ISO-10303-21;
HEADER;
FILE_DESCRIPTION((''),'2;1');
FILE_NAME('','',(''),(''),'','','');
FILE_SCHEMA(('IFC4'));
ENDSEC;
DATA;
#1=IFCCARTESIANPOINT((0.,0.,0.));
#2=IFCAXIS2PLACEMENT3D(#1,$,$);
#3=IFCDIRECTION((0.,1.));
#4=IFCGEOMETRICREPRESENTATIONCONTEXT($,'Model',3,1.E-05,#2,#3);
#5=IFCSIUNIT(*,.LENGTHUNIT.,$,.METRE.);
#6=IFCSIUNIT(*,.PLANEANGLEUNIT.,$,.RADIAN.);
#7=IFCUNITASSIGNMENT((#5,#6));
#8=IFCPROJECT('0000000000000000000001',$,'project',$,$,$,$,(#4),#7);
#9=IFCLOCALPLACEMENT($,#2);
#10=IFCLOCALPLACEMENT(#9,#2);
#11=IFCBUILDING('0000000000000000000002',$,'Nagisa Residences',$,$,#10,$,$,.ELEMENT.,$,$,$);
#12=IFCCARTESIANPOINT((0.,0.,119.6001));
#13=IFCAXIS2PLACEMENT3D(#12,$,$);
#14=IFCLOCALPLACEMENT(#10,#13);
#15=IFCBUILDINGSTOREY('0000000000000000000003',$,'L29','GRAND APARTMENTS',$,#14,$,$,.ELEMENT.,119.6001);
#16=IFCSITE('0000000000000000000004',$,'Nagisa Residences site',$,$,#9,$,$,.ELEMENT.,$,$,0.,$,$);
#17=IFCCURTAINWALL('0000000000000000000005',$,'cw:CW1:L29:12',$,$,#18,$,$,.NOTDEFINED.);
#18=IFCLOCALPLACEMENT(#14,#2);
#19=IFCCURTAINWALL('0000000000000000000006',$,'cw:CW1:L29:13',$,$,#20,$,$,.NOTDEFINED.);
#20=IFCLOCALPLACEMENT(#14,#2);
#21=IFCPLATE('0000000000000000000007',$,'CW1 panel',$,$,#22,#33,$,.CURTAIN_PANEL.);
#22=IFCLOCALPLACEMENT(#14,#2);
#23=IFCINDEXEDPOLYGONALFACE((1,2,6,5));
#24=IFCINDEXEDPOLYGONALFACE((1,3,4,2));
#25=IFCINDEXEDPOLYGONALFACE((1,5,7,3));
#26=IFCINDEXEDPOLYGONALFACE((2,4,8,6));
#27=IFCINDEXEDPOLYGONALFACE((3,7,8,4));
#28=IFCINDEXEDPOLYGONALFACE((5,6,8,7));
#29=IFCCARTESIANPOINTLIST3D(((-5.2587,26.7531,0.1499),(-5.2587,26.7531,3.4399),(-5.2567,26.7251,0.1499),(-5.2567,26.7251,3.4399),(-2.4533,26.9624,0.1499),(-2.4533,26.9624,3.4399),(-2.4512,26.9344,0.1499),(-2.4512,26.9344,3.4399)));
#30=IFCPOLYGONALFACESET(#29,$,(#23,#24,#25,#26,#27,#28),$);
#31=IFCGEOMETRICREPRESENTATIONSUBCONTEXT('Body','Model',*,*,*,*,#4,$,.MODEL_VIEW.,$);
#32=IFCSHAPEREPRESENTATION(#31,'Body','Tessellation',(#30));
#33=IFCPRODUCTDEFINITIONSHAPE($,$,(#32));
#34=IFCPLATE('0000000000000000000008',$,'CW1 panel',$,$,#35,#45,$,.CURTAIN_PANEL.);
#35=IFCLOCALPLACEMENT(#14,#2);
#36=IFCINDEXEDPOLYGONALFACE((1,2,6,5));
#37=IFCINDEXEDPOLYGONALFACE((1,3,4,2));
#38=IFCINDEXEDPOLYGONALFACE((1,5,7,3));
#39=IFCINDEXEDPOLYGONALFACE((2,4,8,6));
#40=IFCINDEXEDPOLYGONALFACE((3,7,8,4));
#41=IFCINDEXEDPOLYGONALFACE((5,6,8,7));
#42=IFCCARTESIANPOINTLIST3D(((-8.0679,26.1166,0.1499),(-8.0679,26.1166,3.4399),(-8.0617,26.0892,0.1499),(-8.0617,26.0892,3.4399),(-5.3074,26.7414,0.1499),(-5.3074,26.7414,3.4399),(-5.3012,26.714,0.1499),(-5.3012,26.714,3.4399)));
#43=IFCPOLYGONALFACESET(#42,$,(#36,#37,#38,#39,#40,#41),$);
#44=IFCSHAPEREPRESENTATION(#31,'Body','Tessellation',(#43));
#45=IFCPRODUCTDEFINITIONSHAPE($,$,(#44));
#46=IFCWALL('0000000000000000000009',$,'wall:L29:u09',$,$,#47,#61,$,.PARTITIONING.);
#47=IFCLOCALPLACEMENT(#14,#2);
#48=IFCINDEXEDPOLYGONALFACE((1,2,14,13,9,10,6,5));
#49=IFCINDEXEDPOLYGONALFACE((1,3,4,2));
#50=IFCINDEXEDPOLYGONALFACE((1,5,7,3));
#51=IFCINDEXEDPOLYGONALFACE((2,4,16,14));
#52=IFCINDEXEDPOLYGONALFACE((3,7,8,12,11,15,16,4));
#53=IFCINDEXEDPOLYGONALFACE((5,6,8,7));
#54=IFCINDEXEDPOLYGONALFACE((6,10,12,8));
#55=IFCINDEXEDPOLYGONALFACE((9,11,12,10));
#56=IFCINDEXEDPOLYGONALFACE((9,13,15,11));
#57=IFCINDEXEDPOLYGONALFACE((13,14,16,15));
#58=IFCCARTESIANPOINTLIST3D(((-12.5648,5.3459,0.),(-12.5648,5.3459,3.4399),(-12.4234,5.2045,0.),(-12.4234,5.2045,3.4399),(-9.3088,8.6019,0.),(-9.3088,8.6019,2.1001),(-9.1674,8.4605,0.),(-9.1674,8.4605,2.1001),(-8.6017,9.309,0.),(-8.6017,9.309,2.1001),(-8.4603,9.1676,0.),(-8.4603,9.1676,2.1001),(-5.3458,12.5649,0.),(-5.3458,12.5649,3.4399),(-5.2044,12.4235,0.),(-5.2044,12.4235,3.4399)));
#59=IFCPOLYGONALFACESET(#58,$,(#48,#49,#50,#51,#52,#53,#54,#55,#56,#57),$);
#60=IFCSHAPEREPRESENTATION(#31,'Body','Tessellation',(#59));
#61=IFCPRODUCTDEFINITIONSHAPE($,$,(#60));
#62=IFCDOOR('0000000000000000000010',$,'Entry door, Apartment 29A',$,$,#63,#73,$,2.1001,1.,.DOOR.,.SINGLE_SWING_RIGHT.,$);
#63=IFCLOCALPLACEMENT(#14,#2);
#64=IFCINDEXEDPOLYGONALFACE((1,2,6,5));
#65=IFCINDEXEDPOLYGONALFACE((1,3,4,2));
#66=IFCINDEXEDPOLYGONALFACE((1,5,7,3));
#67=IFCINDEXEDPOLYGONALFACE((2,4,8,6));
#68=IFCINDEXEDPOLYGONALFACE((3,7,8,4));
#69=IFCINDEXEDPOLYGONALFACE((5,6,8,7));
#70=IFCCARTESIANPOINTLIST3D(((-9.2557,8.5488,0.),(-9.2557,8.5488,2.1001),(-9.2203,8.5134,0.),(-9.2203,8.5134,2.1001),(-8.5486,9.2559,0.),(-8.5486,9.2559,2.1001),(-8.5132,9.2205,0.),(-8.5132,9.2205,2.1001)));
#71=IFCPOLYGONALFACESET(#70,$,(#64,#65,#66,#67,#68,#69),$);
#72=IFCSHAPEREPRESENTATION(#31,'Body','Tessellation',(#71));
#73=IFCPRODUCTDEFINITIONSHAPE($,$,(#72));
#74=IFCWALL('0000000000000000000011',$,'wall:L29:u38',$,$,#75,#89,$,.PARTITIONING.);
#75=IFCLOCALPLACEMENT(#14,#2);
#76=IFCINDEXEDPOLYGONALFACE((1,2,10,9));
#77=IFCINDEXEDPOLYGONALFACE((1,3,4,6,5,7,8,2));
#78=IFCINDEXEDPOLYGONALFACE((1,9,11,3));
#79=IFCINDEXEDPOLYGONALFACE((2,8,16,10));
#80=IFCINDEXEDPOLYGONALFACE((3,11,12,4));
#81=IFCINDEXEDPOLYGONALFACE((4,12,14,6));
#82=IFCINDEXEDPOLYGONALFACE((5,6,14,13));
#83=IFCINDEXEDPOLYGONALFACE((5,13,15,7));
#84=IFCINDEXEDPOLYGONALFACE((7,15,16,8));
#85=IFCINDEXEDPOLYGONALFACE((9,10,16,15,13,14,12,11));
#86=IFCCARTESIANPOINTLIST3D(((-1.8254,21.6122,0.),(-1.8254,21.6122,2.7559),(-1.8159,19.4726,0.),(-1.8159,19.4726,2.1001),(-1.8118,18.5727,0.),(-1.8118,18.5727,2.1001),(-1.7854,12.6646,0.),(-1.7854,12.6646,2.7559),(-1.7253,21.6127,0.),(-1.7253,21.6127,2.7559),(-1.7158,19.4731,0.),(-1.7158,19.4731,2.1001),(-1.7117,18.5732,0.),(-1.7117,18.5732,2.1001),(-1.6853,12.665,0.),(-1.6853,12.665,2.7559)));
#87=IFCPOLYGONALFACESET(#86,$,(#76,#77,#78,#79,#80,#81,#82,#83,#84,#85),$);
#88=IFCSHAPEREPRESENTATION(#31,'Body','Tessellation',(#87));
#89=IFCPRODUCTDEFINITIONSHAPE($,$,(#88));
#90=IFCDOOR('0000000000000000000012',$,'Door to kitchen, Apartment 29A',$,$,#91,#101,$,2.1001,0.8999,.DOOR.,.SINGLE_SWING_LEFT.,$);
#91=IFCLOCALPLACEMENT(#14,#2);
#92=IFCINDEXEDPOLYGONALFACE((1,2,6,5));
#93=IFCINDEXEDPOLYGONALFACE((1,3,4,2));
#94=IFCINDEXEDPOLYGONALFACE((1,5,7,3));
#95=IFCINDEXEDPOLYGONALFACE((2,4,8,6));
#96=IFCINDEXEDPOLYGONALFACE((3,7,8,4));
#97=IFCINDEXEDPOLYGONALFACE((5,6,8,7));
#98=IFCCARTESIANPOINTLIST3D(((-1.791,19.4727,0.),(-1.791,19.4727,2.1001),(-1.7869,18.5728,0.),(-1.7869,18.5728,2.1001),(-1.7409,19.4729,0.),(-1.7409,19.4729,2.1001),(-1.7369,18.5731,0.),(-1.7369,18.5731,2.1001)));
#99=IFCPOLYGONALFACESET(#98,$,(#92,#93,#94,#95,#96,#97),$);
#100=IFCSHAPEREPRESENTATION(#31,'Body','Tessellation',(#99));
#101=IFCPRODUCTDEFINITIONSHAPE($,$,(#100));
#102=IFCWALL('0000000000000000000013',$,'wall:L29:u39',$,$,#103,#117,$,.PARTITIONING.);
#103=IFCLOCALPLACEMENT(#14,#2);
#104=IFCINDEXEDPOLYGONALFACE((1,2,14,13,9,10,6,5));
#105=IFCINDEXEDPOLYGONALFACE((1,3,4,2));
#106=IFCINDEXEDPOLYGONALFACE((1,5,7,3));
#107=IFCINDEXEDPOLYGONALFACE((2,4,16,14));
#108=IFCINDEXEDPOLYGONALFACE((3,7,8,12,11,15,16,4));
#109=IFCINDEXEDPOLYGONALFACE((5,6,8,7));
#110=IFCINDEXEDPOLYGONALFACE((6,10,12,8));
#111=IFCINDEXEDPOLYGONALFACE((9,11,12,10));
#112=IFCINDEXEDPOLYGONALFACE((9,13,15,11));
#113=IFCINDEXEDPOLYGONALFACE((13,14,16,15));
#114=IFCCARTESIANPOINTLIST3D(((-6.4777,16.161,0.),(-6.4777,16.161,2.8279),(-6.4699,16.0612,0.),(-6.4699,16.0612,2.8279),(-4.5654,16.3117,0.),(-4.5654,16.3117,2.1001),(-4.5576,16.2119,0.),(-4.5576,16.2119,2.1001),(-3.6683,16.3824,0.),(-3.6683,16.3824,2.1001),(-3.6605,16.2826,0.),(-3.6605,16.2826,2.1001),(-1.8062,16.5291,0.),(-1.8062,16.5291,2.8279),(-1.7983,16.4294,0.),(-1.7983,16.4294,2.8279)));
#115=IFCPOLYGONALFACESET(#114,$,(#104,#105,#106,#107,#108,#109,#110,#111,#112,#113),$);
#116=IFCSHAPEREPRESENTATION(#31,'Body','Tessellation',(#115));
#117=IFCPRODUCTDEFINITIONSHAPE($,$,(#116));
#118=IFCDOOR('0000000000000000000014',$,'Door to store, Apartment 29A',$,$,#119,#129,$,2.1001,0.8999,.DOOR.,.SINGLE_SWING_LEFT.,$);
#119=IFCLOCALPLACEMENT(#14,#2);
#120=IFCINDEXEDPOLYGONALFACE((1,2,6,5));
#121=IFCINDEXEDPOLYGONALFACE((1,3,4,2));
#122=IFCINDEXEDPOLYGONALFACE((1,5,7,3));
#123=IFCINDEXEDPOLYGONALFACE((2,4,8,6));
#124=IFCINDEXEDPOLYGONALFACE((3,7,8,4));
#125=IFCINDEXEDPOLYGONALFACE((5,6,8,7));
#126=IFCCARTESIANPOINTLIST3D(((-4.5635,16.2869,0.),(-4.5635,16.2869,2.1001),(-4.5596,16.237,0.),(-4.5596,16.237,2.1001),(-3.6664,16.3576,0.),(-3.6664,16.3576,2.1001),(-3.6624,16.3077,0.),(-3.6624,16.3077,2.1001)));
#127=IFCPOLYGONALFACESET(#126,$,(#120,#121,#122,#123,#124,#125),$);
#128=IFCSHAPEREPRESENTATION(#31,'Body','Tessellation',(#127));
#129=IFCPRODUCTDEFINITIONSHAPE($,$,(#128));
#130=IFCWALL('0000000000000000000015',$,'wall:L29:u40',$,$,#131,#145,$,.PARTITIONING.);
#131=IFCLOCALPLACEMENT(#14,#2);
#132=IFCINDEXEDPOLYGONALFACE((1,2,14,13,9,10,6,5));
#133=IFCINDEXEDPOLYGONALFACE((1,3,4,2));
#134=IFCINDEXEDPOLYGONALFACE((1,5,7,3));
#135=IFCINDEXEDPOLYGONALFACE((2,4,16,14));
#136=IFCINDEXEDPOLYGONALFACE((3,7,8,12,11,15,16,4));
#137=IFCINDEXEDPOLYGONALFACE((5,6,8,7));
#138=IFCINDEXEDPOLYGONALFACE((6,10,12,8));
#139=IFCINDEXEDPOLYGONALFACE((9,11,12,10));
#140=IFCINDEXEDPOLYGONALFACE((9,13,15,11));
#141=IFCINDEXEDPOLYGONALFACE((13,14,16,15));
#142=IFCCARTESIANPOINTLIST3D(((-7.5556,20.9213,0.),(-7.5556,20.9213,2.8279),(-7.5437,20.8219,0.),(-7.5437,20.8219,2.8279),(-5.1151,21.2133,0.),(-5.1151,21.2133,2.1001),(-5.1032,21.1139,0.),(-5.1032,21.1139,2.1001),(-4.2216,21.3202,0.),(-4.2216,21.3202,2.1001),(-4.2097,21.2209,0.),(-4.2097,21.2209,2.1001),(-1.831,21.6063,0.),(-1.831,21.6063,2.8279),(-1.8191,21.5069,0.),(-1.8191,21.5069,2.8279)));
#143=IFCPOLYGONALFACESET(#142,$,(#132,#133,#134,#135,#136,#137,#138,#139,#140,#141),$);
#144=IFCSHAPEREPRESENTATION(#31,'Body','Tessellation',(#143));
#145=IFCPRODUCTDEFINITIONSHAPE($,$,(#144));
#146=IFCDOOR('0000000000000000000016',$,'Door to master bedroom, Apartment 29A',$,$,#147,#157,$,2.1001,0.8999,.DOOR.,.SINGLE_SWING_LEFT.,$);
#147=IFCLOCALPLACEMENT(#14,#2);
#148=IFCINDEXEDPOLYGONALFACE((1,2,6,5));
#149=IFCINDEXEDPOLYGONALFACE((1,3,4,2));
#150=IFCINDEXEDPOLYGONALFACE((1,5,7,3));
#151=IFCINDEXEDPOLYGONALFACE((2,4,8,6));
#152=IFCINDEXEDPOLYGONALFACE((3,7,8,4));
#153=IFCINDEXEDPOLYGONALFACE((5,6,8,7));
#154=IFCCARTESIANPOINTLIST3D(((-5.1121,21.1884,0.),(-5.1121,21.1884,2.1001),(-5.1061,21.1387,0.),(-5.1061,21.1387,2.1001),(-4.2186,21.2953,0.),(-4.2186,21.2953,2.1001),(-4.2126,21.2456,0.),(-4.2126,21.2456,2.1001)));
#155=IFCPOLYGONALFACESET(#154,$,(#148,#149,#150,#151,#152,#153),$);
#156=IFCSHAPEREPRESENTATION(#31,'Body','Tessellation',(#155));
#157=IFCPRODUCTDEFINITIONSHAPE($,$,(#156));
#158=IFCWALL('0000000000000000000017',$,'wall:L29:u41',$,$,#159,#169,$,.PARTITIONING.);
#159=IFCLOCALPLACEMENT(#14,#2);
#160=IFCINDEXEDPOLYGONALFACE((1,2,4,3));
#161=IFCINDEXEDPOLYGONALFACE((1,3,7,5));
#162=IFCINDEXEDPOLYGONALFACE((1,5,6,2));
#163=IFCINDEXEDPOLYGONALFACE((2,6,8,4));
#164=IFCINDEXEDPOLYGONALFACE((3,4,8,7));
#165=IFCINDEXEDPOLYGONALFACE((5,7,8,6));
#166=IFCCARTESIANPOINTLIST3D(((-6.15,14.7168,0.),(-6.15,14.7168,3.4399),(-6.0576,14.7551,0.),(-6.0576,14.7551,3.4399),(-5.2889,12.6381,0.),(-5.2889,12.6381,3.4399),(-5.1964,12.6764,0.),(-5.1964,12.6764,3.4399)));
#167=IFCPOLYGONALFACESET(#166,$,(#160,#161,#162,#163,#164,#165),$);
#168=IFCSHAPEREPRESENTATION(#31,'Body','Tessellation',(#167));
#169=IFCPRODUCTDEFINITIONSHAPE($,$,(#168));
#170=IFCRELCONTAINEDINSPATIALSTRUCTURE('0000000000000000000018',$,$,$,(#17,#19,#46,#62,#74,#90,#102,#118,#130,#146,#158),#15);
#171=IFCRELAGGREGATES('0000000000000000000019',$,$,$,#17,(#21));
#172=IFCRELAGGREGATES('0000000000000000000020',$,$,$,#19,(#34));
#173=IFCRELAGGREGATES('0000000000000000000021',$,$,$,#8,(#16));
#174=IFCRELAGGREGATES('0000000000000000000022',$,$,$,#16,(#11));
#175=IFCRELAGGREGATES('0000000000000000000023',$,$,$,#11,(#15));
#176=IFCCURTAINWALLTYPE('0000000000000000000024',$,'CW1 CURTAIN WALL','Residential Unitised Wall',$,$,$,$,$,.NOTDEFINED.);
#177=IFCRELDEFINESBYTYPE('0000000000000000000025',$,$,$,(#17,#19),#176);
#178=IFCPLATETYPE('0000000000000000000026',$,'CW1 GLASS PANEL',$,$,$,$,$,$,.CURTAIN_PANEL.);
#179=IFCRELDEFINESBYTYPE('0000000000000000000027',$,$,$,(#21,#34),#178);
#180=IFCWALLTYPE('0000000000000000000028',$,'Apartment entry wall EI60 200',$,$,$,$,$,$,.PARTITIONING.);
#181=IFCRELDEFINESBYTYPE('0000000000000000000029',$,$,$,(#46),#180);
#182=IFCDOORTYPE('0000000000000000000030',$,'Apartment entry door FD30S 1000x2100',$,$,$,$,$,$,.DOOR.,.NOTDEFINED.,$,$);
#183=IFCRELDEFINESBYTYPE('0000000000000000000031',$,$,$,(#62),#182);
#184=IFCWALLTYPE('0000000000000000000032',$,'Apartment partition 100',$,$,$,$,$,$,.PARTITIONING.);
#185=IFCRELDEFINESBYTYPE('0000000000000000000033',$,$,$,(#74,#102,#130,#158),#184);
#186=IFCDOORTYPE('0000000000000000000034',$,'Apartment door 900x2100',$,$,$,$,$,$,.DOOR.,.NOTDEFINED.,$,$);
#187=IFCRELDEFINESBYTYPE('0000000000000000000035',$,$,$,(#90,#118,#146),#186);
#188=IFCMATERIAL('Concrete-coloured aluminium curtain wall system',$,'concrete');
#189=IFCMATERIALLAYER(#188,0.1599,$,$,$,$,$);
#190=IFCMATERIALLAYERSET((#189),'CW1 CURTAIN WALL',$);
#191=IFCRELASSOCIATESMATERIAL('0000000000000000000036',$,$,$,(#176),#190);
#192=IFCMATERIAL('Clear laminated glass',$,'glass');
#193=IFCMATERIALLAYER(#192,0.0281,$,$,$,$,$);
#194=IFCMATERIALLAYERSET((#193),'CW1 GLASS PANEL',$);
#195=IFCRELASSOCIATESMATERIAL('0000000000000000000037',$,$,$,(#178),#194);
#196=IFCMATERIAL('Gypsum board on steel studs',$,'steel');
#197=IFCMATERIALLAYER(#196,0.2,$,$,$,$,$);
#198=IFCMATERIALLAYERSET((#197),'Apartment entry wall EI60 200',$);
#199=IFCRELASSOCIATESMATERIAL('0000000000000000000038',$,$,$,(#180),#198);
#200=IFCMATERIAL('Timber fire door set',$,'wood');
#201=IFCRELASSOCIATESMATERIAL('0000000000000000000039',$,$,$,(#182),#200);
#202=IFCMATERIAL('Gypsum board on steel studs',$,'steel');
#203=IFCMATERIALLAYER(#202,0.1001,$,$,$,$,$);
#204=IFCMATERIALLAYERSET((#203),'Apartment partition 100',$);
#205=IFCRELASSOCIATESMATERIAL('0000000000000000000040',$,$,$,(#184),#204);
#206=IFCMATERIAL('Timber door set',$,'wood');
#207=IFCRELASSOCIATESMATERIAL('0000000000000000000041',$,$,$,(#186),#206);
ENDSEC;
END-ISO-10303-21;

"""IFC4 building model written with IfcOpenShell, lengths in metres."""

from ifc_helpers import new_model, si_unit, direction, frame, frame_2d, origin, origin_2d, place, context, subcontext, project, spatial, rectangle, extrude, material, layer, layer_set, type_object, element, fill, aggregate, save


model = new_model("IFC4")

# Units and contexts
model_context = context("Model", 3, precision=1e-05, world=origin(), true_north=direction((0.0, 1.0)))
body_context = subcontext(model_context, "Body", "Model", "MODEL_VIEW")
ifc_project = project(units=[si_unit("LENGTHUNIT", "METRE"), si_unit("PLANEANGLEUNIT", "RADIAN")], contexts=[model_context])

# Site, building, storey
site_placement = place(None, origin())
site = spatial("IfcSite", under=ifc_project, at=site_placement, Name="Nagisa Residences site", CompositionType="ELEMENT", RefElevation=0.0)
building_placement = place(site_placement, origin())
building = spatial("IfcBuilding", under=site, at=building_placement, Name="Nagisa Residences", CompositionType="ELEMENT")
storey_placement = place(building_placement, frame((0.0, 0.0, 119.6001)))
storey = spatial("IfcBuildingStorey", under=building, at=storey_placement, Name="L29", Description="GRAND APARTMENTS", CompositionType="ELEMENT", Elevation=119.6001)

# Curtain walls
ifc_material_1 = material(Name="Concrete-coloured aluminium curtain wall system", Category="concrete")
ifc_layer_1 = layer(ifc_material_1, 0.1599)
ifc_layer_set_1 = layer_set([ifc_layer_1], Name="CW1 CURTAIN WALL")
curtain_wall_type = type_object("IfcCurtainWallType", Name="CW1 CURTAIN WALL", Description="Residential Unitised Wall", PredefinedType="NOTDEFINED", material=ifc_layer_set_1)
curtain_wall_1_placement = place(storey_placement, origin())
curtain_wall_1 = element("IfcCurtainWall", 1, at=curtain_wall_1_placement, inside=storey, type_object=curtain_wall_type, Name="cw:CW1:L29:12", PredefinedType="NOTDEFINED")
curtain_wall_2_placement = place(storey_placement, origin())
curtain_wall_2 = element("IfcCurtainWall", 2, at=curtain_wall_2_placement, inside=storey, type_object=curtain_wall_type, Name="cw:CW1:L29:13", PredefinedType="NOTDEFINED")

# Plates
ifc_material_2 = material(Name="Clear laminated glass", Category="glass")
ifc_layer_2 = layer(ifc_material_2, 0.0281)
ifc_layer_set_2 = layer_set([ifc_layer_2], Name="CW1 GLASS PANEL")
plate_type = type_object("IfcPlateType", Name="CW1 GLASS PANEL", PredefinedType="CURTAIN_PANEL", material=ifc_layer_set_2)
plate_1_placement = place(storey_placement, frame((-3.855, 26.8438, 0.1499), z_axis=(0.0, 0.0, 1.0), x_axis=(-0.99723, -0.074377, 0.0)))
plate_1 = element("IfcPlate", 3, at=plate_1_placement, type_object=plate_type, Name="CW1 panel", PredefinedType="CURTAIN_PANEL", context=body_context, shape_type="SweptSolid", body=[
    extrude(rectangle(XDim=2.8132, YDim=0.0281, at=origin_2d()), origin(), (0.0, 0.0, 1.0), 3.29),
])
aggregate(curtain_wall_1, [plate_1])
plate_2_placement = place(storey_placement, frame((-6.6846, 26.4153, 0.1499), z_axis=(0.0, 0.0, 1.0), x_axis=(-0.975327, -0.220764, 0.0)))
plate_2 = element("IfcPlate", 4, at=plate_2_placement, type_object=plate_type, Name="CW1 panel", PredefinedType="CURTAIN_PANEL", context=body_context, shape_type="SweptSolid", body=[
    extrude(rectangle(XDim=2.8303, YDim=0.0281, at=origin_2d()), origin(), (0.0, 0.0, 1.0), 3.29),
])
aggregate(curtain_wall_2, [plate_2])

# Walls, openings, doors
ifc_material_3 = material(Name="Gypsum board on steel studs", Category="steel")
ifc_layer_3 = layer(ifc_material_3, 0.2)
ifc_layer_set_3 = layer_set([ifc_layer_3], Name="Apartment entry wall EI60 200")
wall_type_1 = type_object("IfcWallType", Name="Apartment entry wall EI60 200", PredefinedType="PARTITIONING", material=ifc_layer_set_3)
wall_1_placement = place(storey_placement, frame((-5.2751, 12.4941, 0.0), z_axis=(0.0, 0.0, 1.0), x_axis=(-0.707107, -0.707107, 0.0)))
wall_1 = element("IfcWall", 5, at=wall_1_placement, inside=storey, type_object=wall_type_1, Name="wall:L29:u09", PredefinedType="PARTITIONING", context=body_context, shape_type="SweptSolid", body=[
    extrude(rectangle(XDim=10.2092, YDim=0.2, at=frame_2d((5.1045, 0.0))), origin(), (0.0, 0.0, 1.0), 3.4399),
])
opening_1_placement = place(wall_1_placement, frame((4.6045, 0.0, 0.0)))
opening_1 = element("IfcOpeningElement", 6, at=opening_1_placement, cuts=wall_1, PredefinedType="OPENING", context=body_context, shape_type="SweptSolid", body=[
    extrude(rectangle(XDim=1.0, YDim=2.1001, at=frame_2d((0.5, 1.05))), frame((0.0, 0.1099, 0.0), z_axis=(0.0, -1.0, 0.0), x_axis=(1.0, 0.0, 0.0)), (0.0, 0.0, 1.0), 0.22),
])
ifc_material_4 = material(Name="Timber fire door set", Category="wood")
door_type_1 = type_object("IfcDoorType", Name="Apartment entry door FD30S 1000x2100", OperationType="NOTDEFINED", PredefinedType="DOOR", material=ifc_material_4)
door_1_placement = place(opening_1_placement, frame((1.0, 0.0, 0.0), x_axis=(-1.0, 0.0, 0.0)))
door_1 = element("IfcDoor", 7, at=door_1_placement, inside=storey, type_object=door_type_1, Name="Entry door, Apartment 29A", OperationType="SINGLE_SWING_RIGHT", OverallHeight=2.1001, OverallWidth=1.0, PredefinedType="DOOR", context=body_context, shape_type="SweptSolid", body=[
    extrude(rectangle(XDim=1.0, YDim=2.1001, at=frame_2d((0.5, 1.05))), frame((0.0, 0.0249, 0.0), z_axis=(0.0, -1.0, 0.0), x_axis=(1.0, 0.0, 0.0)), (0.0, 0.0, 1.0), 0.05),
])
fill(opening_1, door_1)
ifc_material_5 = material(Name="Gypsum board on steel studs", Category="steel")
ifc_layer_4 = layer(ifc_material_5, 0.1001)
ifc_layer_set_4 = layer_set([ifc_layer_4], Name="Apartment partition 100")
wall_type_2 = type_object("IfcWallType", Name="Apartment partition 100", PredefinedType="PARTITIONING", material=ifc_layer_set_4)
wall_2_placement = place(storey_placement, frame((-1.7354, 12.6648, 0.0), z_axis=(0.0, 0.0, 1.0), x_axis=(-0.004475, 0.99999, 0.0)))
wall_2 = element("IfcWall", 8, at=wall_2_placement, inside=storey, type_object=wall_type_2, Name="wall:L29:u38", PredefinedType="PARTITIONING", context=body_context, shape_type="SweptSolid", body=[
    extrude(rectangle(XDim=8.9478, YDim=0.1001, at=frame_2d((4.4739, 0.0))), origin(), (0.0, 0.0, 1.0), 2.7559),
])
opening_2_placement = place(wall_2_placement, frame((5.9082, 0.0, 0.0)))
opening_2 = element("IfcOpeningElement", 9, at=opening_2_placement, cuts=wall_2, PredefinedType="OPENING", context=body_context, shape_type="SweptSolid", body=[
    extrude(rectangle(XDim=0.8999, YDim=2.1001, at=frame_2d((0.45, 1.05))), frame((0.0, 0.0601, 0.0), z_axis=(0.0, -1.0, 0.0), x_axis=(1.0, 0.0, 0.0)), (0.0, 0.0, 1.0), 0.1201),
])
ifc_material_6 = material(Name="Timber door set", Category="wood")
door_type_2 = type_object("IfcDoorType", Name="Apartment door 900x2100", OperationType="NOTDEFINED", PredefinedType="DOOR", material=ifc_material_6)
door_2_placement = place(opening_2_placement, frame((0.8999, 0.0, 0.0), x_axis=(-1.0, 0.0, 0.0)))
door_2 = element("IfcDoor", 10, at=door_2_placement, inside=storey, type_object=door_type_2, Name="Door to kitchen, Apartment 29A", OperationType="SINGLE_SWING_LEFT", OverallHeight=2.1001, OverallWidth=0.8999, PredefinedType="DOOR", context=body_context, shape_type="SweptSolid", body=[
    extrude(rectangle(XDim=0.8999, YDim=2.1001, at=frame_2d((0.45, 1.05))), frame((0.0, 0.0249, 0.0), z_axis=(0.0, -1.0, 0.0), x_axis=(1.0, 0.0, 0.0)), (0.0, 0.0, 1.0), 0.05),
])
fill(opening_2, door_2)
wall_3_placement = place(storey_placement, frame((-1.8022, 16.4792, 0.0), z_axis=(0.0, 0.0, 1.0), x_axis=(-0.996909, -0.078565, 0.0)))
wall_3 = element("IfcWall", 11, at=wall_3_placement, inside=storey, type_object=wall_type_2, Name="wall:L29:u39", PredefinedType="PARTITIONING", context=body_context, shape_type="SweptSolid", body=[
    extrude(rectangle(XDim=4.686, YDim=0.1001, at=frame_2d((2.343, 0.0))), origin(), (0.0, 0.0, 1.0), 2.8279),
])
opening_3_placement = place(wall_3_placement, frame((1.8679, 0.0, 0.0)))
opening_3 = element("IfcOpeningElement", 12, at=opening_3_placement, cuts=wall_3, PredefinedType="OPENING", context=body_context, shape_type="SweptSolid", body=[
    extrude(rectangle(XDim=0.8999, YDim=2.1001, at=frame_2d((0.45, 1.05))), frame((0.0, 0.0601, 0.0), z_axis=(0.0, -1.0, 0.0), x_axis=(1.0, 0.0, 0.0)), (0.0, 0.0, 1.0), 0.1201),
])
door_3_placement = place(opening_3_placement, origin())
door_3 = element("IfcDoor", 13, at=door_3_placement, inside=storey, type_object=door_type_2, Name="Door to store, Apartment 29A", OperationType="SINGLE_SWING_LEFT", OverallHeight=2.1001, OverallWidth=0.8999, PredefinedType="DOOR", context=body_context, shape_type="SweptSolid", body=[
    extrude(rectangle(XDim=0.8999, YDim=2.1001, at=frame_2d((0.45, 1.05))), frame((0.0, 0.0249, 0.0), z_axis=(0.0, -1.0, 0.0), x_axis=(1.0, 0.0, 0.0)), (0.0, 0.0, 1.0), 0.05),
])
fill(opening_3, door_3)
wall_4_placement = place(storey_placement, frame((-1.825, 21.5566, 0.0), z_axis=(0.0, 0.0, 1.0), x_axis=(-0.992916, -0.118821, 0.0)))
wall_4 = element("IfcWall", 14, at=wall_4_placement, inside=storey, type_object=wall_type_2, Name="wall:L29:u40", PredefinedType="PARTITIONING", context=body_context, shape_type="SweptSolid", body=[
    extrude(rectangle(XDim=5.7654, YDim=0.1001, at=frame_2d((2.8828, 0.0))), origin(), (0.0, 0.0, 1.0), 2.8279),
])
opening_4_placement = place(wall_4_placement, frame((2.4077, 0.0, 0.0)))
opening_4 = element("IfcOpeningElement", 15, at=opening_4_placement, cuts=wall_4, PredefinedType="OPENING", context=body_context, shape_type="SweptSolid", body=[
    extrude(rectangle(XDim=0.8999, YDim=2.1001, at=frame_2d((0.45, 1.05))), frame((0.0, 0.0601, 0.0), z_axis=(0.0, -1.0, 0.0), x_axis=(1.0, 0.0, 0.0)), (0.0, 0.0, 1.0), 0.1201),
])
door_4_placement = place(opening_4_placement, frame((0.8999, 0.0, 0.0), x_axis=(-1.0, 0.0, 0.0)))
door_4 = element("IfcDoor", 16, at=door_4_placement, inside=storey, type_object=door_type_2, Name="Door to master bedroom, Apartment 29A", OperationType="SINGLE_SWING_LEFT", OverallHeight=2.1001, OverallWidth=0.8999, PredefinedType="DOOR", context=body_context, shape_type="SweptSolid", body=[
    extrude(rectangle(XDim=0.8999, YDim=2.1001, at=frame_2d((0.45, 1.05))), frame((0.0, 0.0249, 0.0), z_axis=(0.0, -1.0, 0.0), x_axis=(1.0, 0.0, 0.0)), (0.0, 0.0, 1.0), 0.05),
])
fill(opening_4, door_4)

# Wall
wall_5_placement = place(storey_placement, frame((-5.2427, 12.6572, 0.0), z_axis=(0.0, 0.0, 1.0), x_axis=(-0.382719, 0.923865, 0.0)))
element("IfcWall", 17, at=wall_5_placement, inside=storey, type_object=wall_type_2, Name="wall:L29:u41", PredefinedType="PARTITIONING", context=body_context, shape_type="SweptSolid", body=[
    extrude(rectangle(XDim=2.25, YDim=0.1001, at=frame_2d((1.125, 0.0))), origin(), (0.0, 0.0, 1.0), 3.4399),
])

save(model, "model.ifc")
